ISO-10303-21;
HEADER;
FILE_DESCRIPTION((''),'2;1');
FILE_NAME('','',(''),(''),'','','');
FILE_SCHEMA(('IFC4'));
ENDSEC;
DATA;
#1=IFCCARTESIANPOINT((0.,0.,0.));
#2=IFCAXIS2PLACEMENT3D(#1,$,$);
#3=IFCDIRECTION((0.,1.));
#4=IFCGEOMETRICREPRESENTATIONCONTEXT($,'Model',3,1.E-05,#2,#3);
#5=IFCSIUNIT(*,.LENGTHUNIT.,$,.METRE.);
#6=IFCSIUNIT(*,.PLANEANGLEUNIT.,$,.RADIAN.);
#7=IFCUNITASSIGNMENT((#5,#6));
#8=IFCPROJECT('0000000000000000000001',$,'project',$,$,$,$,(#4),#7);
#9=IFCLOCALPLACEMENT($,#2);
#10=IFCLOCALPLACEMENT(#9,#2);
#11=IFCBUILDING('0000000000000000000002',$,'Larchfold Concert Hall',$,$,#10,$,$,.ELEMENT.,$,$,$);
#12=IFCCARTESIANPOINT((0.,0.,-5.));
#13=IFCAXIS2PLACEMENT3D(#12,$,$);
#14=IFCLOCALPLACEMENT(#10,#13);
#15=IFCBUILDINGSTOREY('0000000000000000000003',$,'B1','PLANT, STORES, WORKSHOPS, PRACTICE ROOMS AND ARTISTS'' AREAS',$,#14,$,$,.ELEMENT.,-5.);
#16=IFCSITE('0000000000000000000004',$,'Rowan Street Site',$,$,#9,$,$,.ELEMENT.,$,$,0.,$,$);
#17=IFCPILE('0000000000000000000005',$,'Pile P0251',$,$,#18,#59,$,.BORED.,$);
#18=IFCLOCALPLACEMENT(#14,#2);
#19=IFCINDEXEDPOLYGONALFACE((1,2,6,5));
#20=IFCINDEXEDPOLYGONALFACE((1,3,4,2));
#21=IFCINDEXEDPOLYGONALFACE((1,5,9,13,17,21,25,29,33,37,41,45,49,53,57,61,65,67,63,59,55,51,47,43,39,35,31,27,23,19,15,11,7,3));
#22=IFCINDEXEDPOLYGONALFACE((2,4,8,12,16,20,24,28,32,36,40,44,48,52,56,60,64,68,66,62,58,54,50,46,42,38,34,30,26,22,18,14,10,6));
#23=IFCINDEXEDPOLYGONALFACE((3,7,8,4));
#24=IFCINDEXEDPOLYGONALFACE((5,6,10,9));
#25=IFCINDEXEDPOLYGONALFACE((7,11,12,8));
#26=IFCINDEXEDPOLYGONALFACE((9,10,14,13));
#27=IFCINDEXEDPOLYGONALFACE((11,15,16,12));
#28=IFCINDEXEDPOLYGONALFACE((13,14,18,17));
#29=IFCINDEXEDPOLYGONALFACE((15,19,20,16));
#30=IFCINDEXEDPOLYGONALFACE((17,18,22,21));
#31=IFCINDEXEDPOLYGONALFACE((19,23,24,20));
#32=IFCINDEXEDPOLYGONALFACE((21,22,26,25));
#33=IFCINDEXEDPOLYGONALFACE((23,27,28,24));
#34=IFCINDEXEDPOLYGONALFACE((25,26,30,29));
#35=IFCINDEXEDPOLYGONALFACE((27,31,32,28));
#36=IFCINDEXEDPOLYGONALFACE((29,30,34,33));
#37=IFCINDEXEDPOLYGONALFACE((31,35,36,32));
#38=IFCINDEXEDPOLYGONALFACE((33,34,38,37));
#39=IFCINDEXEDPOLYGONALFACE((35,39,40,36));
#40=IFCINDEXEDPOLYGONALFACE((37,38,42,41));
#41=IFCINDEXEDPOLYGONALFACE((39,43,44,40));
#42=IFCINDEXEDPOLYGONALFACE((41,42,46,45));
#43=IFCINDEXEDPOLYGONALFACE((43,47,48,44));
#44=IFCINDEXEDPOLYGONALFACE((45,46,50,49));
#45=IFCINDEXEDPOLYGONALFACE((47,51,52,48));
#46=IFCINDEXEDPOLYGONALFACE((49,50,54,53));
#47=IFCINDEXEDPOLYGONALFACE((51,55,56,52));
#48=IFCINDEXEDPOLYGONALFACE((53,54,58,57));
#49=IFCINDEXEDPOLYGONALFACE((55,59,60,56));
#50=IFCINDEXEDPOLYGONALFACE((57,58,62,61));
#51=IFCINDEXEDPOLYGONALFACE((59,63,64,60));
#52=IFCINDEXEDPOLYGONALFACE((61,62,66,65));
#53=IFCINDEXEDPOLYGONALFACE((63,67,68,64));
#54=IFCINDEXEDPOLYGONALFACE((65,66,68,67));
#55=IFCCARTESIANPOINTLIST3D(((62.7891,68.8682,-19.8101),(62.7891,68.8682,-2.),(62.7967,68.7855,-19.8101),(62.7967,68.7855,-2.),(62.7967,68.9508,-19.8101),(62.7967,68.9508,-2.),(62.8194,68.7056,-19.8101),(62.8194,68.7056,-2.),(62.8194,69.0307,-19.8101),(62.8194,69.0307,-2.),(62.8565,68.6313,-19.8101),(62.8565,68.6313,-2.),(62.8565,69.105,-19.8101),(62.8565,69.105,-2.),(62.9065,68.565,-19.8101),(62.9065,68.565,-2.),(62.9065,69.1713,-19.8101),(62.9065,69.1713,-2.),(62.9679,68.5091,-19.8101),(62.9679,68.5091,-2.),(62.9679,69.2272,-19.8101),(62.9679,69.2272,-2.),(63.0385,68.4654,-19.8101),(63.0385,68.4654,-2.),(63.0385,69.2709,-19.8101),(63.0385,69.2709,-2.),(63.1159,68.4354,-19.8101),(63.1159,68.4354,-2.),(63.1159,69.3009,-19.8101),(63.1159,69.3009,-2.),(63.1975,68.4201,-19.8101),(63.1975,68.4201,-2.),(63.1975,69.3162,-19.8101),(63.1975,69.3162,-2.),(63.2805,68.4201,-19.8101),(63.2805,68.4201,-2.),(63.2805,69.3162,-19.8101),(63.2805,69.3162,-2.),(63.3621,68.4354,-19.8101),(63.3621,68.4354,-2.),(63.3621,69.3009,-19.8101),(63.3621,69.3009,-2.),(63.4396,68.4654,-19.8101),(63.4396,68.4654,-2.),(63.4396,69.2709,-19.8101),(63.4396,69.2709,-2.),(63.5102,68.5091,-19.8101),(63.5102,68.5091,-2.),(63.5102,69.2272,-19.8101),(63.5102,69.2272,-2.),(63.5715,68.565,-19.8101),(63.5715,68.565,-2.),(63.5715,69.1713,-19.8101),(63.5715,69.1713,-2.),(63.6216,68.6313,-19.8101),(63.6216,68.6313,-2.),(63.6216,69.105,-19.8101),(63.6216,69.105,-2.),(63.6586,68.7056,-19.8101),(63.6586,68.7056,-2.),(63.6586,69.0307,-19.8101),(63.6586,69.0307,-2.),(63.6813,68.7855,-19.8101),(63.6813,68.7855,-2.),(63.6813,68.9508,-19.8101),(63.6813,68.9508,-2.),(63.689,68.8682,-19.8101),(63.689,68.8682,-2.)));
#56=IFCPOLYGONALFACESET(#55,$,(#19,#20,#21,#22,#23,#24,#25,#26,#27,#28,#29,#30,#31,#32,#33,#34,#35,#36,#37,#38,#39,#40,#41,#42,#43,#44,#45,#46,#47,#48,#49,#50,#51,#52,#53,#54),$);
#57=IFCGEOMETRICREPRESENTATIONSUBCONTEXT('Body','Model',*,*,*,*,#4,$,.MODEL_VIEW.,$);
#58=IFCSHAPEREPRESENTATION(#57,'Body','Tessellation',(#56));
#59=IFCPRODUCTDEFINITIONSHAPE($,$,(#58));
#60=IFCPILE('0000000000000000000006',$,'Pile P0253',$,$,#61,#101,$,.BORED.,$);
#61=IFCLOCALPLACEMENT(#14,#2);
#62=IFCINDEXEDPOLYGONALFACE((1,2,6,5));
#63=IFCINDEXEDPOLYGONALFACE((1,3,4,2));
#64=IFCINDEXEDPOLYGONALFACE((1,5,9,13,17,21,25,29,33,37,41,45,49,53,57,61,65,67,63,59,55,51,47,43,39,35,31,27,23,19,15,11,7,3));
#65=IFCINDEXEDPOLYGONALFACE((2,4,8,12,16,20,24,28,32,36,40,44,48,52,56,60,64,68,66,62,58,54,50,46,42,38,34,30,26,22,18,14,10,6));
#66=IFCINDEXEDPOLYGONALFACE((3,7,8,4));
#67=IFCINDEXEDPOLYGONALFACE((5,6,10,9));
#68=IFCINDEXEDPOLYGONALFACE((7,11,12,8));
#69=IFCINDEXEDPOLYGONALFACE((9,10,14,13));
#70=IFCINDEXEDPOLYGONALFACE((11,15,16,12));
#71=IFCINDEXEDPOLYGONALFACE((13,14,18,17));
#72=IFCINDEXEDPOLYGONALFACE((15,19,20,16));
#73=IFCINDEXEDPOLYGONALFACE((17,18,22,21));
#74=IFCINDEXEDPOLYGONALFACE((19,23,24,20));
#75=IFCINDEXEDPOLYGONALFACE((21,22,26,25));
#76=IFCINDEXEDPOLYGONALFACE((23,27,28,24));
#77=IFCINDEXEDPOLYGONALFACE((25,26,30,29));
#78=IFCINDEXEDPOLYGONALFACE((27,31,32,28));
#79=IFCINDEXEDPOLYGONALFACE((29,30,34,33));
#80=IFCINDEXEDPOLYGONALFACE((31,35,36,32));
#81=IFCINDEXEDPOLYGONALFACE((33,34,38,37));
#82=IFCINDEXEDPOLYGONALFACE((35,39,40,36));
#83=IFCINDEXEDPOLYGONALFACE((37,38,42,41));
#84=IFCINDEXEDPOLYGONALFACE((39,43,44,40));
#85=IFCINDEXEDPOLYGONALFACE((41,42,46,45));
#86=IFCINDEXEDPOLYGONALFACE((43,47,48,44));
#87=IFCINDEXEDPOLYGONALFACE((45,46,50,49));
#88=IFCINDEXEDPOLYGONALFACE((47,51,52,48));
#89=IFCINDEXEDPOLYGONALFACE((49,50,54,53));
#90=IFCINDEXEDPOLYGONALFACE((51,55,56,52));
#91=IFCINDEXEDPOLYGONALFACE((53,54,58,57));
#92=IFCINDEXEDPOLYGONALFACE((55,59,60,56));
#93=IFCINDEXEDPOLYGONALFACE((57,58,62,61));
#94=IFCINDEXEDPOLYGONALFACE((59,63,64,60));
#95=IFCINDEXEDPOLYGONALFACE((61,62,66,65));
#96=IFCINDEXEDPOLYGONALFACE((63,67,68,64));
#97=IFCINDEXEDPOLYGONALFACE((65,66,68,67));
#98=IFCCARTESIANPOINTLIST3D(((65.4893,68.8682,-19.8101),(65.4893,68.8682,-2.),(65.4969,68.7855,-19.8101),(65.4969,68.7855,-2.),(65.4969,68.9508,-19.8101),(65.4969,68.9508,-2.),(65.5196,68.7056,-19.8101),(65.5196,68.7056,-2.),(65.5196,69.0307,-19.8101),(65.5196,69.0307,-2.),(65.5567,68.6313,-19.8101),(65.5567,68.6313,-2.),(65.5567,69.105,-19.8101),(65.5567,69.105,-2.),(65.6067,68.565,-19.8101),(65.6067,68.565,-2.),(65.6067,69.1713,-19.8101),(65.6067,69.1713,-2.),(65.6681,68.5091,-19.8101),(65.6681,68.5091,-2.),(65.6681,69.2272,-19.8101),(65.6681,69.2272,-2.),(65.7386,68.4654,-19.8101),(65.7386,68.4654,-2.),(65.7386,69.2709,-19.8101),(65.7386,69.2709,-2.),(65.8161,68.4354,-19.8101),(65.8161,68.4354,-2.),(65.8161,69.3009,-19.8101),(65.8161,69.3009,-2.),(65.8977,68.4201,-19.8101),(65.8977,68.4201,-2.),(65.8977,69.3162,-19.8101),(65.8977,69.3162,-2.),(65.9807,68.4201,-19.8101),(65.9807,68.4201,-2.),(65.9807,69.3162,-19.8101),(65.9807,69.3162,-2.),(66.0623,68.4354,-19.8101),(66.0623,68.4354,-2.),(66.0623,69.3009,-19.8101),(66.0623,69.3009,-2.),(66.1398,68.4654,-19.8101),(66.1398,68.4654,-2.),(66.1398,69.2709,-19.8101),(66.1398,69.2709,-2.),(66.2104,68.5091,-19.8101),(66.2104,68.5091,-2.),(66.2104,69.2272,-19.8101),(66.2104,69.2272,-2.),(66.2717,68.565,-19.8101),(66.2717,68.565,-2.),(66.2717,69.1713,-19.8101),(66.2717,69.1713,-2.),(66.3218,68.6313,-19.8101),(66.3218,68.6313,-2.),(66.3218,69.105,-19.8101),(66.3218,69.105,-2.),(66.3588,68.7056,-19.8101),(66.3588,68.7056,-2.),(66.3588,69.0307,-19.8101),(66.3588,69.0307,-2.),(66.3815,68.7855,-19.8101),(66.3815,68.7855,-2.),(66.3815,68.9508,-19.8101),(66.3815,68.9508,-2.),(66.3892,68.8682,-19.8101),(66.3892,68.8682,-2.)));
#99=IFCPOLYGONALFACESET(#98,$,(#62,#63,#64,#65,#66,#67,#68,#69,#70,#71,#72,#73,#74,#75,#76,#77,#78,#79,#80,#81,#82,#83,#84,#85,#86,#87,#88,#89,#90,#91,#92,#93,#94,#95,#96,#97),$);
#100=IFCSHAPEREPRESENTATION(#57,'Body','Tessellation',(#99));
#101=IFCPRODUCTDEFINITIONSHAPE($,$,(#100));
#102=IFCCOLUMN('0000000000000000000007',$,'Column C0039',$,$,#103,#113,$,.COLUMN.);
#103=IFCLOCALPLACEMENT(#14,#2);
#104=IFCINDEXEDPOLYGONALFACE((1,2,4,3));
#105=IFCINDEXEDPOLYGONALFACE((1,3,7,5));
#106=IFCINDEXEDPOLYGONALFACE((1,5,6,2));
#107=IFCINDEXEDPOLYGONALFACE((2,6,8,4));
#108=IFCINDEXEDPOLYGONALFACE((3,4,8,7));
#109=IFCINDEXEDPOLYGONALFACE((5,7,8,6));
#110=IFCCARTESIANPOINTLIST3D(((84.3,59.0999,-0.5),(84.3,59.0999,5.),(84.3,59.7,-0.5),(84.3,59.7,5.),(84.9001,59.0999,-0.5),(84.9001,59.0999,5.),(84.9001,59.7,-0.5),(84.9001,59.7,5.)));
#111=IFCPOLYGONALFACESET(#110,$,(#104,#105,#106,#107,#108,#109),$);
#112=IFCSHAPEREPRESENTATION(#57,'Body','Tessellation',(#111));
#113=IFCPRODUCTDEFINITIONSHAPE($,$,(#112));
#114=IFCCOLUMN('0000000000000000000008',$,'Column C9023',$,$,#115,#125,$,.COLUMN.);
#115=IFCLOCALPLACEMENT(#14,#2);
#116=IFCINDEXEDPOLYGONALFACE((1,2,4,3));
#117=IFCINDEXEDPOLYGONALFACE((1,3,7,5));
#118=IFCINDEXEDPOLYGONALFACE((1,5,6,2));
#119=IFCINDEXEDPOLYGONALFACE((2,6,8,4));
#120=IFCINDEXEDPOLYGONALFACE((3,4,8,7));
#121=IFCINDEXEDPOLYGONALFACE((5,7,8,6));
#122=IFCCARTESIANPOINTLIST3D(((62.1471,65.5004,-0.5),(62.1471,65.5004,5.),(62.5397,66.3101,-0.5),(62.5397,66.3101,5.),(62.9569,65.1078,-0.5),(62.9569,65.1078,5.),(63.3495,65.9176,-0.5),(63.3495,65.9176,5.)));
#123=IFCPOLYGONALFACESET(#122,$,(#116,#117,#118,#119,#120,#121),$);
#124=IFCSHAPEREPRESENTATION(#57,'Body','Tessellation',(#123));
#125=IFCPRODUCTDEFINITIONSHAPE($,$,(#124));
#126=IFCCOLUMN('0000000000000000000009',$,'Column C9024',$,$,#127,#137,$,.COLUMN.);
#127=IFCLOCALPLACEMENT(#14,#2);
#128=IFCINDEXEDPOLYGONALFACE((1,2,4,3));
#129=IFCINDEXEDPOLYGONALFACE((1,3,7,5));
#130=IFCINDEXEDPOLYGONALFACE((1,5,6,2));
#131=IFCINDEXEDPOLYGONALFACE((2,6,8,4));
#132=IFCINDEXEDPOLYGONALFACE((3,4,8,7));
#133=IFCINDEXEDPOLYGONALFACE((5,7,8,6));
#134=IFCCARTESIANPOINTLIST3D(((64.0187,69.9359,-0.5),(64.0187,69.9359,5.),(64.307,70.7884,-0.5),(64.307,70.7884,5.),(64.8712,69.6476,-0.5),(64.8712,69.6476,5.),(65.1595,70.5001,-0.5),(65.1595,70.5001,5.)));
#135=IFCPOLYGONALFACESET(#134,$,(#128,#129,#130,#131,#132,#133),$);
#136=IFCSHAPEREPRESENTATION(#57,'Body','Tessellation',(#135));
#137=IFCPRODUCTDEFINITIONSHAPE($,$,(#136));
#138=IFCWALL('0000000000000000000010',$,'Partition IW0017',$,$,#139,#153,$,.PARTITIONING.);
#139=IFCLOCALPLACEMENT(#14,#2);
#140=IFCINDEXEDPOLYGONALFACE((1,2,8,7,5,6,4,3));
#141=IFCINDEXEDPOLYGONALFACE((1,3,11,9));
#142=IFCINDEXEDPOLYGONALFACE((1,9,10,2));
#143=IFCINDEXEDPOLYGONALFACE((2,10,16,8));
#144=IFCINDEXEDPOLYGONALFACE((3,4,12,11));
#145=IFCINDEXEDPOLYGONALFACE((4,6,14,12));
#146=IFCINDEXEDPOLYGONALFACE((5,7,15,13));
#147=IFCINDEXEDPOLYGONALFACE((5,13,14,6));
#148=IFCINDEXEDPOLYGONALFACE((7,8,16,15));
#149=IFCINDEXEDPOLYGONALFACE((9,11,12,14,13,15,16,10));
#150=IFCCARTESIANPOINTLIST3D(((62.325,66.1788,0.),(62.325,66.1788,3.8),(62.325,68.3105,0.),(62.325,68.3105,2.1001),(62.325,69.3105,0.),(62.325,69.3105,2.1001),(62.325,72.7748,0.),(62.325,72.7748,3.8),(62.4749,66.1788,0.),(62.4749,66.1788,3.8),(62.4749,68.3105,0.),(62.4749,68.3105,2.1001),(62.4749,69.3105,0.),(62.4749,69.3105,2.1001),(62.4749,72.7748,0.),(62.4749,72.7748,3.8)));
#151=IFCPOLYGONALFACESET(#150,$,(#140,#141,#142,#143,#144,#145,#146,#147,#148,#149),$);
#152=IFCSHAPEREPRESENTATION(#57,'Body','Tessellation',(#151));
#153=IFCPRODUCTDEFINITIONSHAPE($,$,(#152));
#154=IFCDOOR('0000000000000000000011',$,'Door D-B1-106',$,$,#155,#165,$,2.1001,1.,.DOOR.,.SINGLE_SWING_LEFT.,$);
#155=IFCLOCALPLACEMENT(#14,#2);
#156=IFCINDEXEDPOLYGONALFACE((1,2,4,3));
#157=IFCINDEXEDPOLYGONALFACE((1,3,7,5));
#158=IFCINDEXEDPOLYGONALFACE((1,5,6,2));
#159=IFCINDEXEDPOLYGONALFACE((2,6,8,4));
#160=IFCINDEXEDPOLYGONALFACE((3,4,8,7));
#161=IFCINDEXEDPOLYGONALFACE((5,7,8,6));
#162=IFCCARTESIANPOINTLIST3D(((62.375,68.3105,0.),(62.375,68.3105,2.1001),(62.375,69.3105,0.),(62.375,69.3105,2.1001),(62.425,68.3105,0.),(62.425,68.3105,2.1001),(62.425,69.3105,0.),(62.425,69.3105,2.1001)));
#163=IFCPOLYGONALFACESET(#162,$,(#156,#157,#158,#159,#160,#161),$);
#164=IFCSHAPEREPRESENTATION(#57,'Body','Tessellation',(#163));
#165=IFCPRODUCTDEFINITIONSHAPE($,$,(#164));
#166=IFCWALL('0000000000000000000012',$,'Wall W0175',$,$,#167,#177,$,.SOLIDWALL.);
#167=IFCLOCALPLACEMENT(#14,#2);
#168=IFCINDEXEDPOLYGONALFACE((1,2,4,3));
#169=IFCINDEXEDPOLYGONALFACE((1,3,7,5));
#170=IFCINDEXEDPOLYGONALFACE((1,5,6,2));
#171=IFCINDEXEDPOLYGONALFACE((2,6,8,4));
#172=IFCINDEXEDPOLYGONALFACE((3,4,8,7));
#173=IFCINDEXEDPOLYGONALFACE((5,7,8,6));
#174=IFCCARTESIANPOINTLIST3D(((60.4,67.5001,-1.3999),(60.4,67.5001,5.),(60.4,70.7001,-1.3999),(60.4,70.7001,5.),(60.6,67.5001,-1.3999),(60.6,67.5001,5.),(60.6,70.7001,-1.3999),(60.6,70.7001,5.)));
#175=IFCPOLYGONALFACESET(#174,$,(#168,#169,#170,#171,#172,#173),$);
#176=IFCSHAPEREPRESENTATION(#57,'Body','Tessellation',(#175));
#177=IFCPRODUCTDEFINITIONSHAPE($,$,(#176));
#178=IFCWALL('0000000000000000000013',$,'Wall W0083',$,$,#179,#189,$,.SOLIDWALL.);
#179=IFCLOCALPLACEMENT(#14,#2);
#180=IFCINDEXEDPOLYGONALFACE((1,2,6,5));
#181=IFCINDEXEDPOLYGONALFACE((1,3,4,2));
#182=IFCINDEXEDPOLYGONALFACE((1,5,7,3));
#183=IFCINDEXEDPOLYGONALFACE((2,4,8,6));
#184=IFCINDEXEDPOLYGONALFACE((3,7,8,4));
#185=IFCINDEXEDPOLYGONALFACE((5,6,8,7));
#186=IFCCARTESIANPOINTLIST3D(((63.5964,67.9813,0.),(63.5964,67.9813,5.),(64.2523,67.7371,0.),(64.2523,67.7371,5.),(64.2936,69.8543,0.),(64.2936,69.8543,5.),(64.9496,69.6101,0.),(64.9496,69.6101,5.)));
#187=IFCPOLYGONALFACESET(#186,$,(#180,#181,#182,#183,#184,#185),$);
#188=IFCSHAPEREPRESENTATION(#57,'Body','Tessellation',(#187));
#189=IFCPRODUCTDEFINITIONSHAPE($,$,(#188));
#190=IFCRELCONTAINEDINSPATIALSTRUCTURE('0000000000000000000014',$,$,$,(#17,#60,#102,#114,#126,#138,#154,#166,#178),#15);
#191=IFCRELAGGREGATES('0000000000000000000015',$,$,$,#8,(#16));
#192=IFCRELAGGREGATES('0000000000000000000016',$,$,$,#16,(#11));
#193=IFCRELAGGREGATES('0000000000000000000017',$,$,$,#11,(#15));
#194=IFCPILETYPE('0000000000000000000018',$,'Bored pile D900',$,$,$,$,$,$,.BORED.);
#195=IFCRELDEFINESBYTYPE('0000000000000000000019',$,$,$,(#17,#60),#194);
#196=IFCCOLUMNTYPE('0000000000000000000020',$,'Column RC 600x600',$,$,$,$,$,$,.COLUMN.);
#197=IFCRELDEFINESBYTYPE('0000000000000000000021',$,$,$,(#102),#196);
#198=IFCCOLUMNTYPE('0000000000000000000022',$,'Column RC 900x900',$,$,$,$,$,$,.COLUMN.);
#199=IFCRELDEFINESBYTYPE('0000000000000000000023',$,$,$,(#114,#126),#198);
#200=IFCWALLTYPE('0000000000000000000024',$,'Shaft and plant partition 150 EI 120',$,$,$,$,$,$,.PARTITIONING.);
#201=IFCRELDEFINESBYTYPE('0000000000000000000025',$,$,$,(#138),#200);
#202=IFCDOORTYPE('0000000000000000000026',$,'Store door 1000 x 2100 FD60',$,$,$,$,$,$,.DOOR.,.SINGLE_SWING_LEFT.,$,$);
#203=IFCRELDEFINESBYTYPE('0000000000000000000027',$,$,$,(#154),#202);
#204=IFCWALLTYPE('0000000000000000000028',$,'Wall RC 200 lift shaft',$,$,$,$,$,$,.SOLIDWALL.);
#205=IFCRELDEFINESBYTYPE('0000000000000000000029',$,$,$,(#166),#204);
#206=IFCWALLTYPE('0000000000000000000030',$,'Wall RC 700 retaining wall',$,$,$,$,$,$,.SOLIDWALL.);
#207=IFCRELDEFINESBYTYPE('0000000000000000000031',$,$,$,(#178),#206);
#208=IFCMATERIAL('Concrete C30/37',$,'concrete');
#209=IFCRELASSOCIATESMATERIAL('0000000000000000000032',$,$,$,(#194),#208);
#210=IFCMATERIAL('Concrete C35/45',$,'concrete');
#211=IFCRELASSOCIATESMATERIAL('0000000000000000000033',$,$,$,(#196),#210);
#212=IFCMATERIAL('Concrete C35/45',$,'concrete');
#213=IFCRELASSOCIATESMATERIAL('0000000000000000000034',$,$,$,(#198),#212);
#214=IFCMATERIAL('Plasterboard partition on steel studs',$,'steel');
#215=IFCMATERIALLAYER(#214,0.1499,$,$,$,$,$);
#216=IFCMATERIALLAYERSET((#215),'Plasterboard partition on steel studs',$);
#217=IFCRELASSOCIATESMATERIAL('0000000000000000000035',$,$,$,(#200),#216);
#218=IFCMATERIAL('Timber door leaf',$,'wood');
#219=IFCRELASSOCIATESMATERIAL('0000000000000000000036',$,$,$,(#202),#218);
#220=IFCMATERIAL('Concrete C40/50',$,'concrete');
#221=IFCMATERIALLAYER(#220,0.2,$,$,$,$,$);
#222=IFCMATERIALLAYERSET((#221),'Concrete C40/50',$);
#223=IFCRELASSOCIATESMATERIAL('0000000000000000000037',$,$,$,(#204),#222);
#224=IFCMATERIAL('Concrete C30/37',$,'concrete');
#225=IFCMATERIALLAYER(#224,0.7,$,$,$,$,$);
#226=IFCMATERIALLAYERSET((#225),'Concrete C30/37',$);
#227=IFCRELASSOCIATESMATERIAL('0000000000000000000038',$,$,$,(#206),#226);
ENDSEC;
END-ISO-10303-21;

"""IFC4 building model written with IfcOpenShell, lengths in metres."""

from ifc_helpers import new_model, si_unit, direction, frame, frame_2d, origin, origin_2d, place, context, subcontext, project, spatial, rectangle, circle, extrude, material, layer, layer_set, material_profile, profile_set, type_object, element, fill, save


model = new_model("IFC4")

# Units and contexts
model_context = context("Model", 3, precision=1e-05, world=origin(), true_north=direction((0.0, 1.0)))
body_context = subcontext(model_context, "Body", "Model", "MODEL_VIEW")
ifc_project = project(units=[si_unit("LENGTHUNIT", "METRE"), si_unit("PLANEANGLEUNIT", "RADIAN")], contexts=[model_context])

# Site, building, storey
site_placement = place(None, origin())
site = spatial("IfcSite", under=ifc_project, at=site_placement, Name="Rowan Street Site", CompositionType="ELEMENT", RefElevation=0.0)
building_placement = place(site_placement, origin())
building = spatial("IfcBuilding", under=site, at=building_placement, Name="Larchfold Concert Hall", CompositionType="ELEMENT")
storey_placement = place(building_placement, frame((0.0, 0.0, -5.0)))
storey = spatial("IfcBuildingStorey", under=building, at=storey_placement, Name="B1", Description="PLANT, STORES, WORKSHOPS, PRACTICE ROOMS AND ARTISTS' AREAS", CompositionType="ELEMENT", Elevation=-5.0)

# Piles
ifc_material_1 = material(Name="Concrete C30/37", Category="concrete")
ifc_material_profile_1 = material_profile(ifc_material_1, circle(Radius=0.45, at=origin_2d()))
ifc_profile_set_1 = profile_set([ifc_material_profile_1], Name="Concrete C30/37")
pile_type_1 = type_object("IfcPileType", Name="Bored pile D900", PredefinedType="BORED", material=ifc_profile_set_1)
for number, where, z_axis, x_axis, name in (
    (1, (63.239, 68.8682, -2.0), (0.0, 0.0, -1.0), (1.0, 0.0, 0.0), "Pile P0251"),
    (2, (65.9392, 68.8682, -2.0), (0.0, 0.0, -1.0), (1.0, 0.0, 0.0), "Pile P0253"),
):
    element("IfcPile", number, at=place(storey_placement, frame(where, z_axis=z_axis, x_axis=x_axis)), inside=storey, type_object=pile_type_1, Name=name, PredefinedType="BORED", context=body_context, shape_type="SweptSolid", body=[
        extrude(circle(Radius=0.45, at=origin_2d()), origin(), (0.0, 0.0, 1.0), 17.8101),
    ])

# Columns
ifc_material_2 = material(Name="Concrete C35/45", Category="concrete")
ifc_material_profile_2 = material_profile(ifc_material_2, rectangle(XDim=0.6001, YDim=0.6001, at=origin_2d()))
ifc_profile_set_2 = profile_set([ifc_material_profile_2], Name="Concrete C35/45")
column_type_1 = type_object("IfcColumnType", Name="Column RC 600x600", PredefinedType="COLUMN", material=ifc_profile_set_2)
column_placement = place(storey_placement, frame((84.6001, 59.3999, -0.5), z_axis=(0.0, 0.0, 1.0), x_axis=(1.0, 0.0, 0.0)))
element("IfcColumn", 3, at=column_placement, inside=storey, type_object=column_type_1, Name="Column C0039", PredefinedType="COLUMN", context=body_context, shape_type="SweptSolid", body=[
    extrude(rectangle(XDim=0.6001, YDim=0.6001, at=origin_2d()), origin(), (0.0, 0.0, 1.0), 5.5),
])
ifc_material_3 = material(Name="Concrete C35/45", Category="concrete")
ifc_material_profile_3 = material_profile(ifc_material_3, rectangle(XDim=0.8999, YDim=0.8999, at=origin_2d()))
ifc_profile_set_3 = profile_set([ifc_material_profile_3], Name="Concrete C35/45")
column_type_2 = type_object("IfcColumnType", Name="Column RC 900x900", PredefinedType="COLUMN", material=ifc_profile_set_3)
for number, where, z_axis, x_axis, name in (
    (4, (62.7483, 65.709, -0.5), (0.0, 0.0, 1.0), (0.436211, 0.899844, 0.0), "Column C9023"),
    (5, (64.5891, 70.218, -0.5), (0.0, 0.0, 1.0), (0.320383, 0.947288, 0.0), "Column C9024"),
):
    element("IfcColumn", number, at=place(storey_placement, frame(where, z_axis=z_axis, x_axis=x_axis)), inside=storey, type_object=column_type_2, Name=name, PredefinedType="COLUMN", context=body_context, shape_type="SweptSolid", body=[
        extrude(rectangle(XDim=0.8999, YDim=0.8999, at=origin_2d()), origin(), (0.0, 0.0, 1.0), 5.5),
    ])

# Wall, opening, door
ifc_material_4 = material(Name="Plasterboard partition on steel studs", Category="steel")
ifc_layer_1 = layer(ifc_material_4, 0.1499)
ifc_layer_set_1 = layer_set([ifc_layer_1], Name="Plasterboard partition on steel studs")
wall_type_1 = type_object("IfcWallType", Name="Shaft and plant partition 150 EI 120", PredefinedType="PARTITIONING", material=ifc_layer_set_1)
wall_1_placement = place(storey_placement, frame((62.3999, 66.179, 0.0), z_axis=(0.0, 0.0, 1.0), x_axis=(0.0, 1.0, 0.0)))
wall_1 = element("IfcWall", 6, at=wall_1_placement, inside=storey, type_object=wall_type_1, Name="Partition IW0017", PredefinedType="PARTITIONING", context=body_context, shape_type="SweptSolid", body=[
    extrude(rectangle(XDim=6.5959, YDim=0.1499, at=frame_2d((3.2979, 0.0))), origin(), (0.0, 0.0, 1.0), 3.8),
])
opening_placement = place(wall_1_placement, frame((2.1316, 0.0, 0.0)))
opening = element("IfcOpeningElement", 7, at=opening_placement, cuts=wall_1, PredefinedType="OPENING", context=body_context, shape_type="SweptSolid", body=[
    extrude(rectangle(XDim=1.0, YDim=2.1001, at=frame_2d((0.5, 1.05))), frame((0.0, 0.085, 0.0), z_axis=(0.0, -1.0, 0.0), x_axis=(1.0, 0.0, 0.0)), (0.0, 0.0, 1.0), 0.1699),
])
ifc_material_5 = material(Name="Timber door leaf", Category="wood")
door_type = type_object("IfcDoorType", Name="Store door 1000 x 2100 FD60", OperationType="SINGLE_SWING_LEFT", PredefinedType="DOOR", material=ifc_material_5)
door_placement = place(opening_placement, origin())
door = element("IfcDoor", 8, at=door_placement, inside=storey, type_object=door_type, Name="Door D-B1-106", OperationType="SINGLE_SWING_LEFT", OverallHeight=2.1001, OverallWidth=1.0, PredefinedType="DOOR", context=body_context, shape_type="SweptSolid", body=[
    extrude(rectangle(XDim=1.0, YDim=2.1001, at=frame_2d((0.5, 1.05))), frame((0.0, 0.0249, 0.0), z_axis=(0.0, -1.0, 0.0), x_axis=(1.0, 0.0, 0.0)), (0.0, 0.0, 1.0), 0.05),
])
fill(opening, door)

# Walls
ifc_material_6 = material(Name="Concrete C40/50", Category="concrete")
ifc_layer_2 = layer(ifc_material_6, 0.2)
ifc_layer_set_2 = layer_set([ifc_layer_2], Name="Concrete C40/50")
wall_type_2 = type_object("IfcWallType", Name="Wall RC 200 lift shaft", PredefinedType="SOLIDWALL", material=ifc_layer_set_2)
wall_2_placement = place(storey_placement, frame((60.5, 67.5, -1.3999), z_axis=(0.0, 0.0, 1.0), x_axis=(0.0, 1.0, 0.0)))
element("IfcWall", 9, at=wall_2_placement, inside=storey, type_object=wall_type_2, Name="Wall W0175", PredefinedType="SOLIDWALL", context=body_context, shape_type="SweptSolid", body=[
    extrude(rectangle(XDim=3.2, YDim=0.2, at=frame_2d((1.6001, 0.0))), origin(), (0.0, 0.0, 1.0), 6.3999),
])
ifc_material_7 = material(Name="Concrete C30/37", Category="concrete")
ifc_layer_3 = layer(ifc_material_7, 0.7)
ifc_layer_set_3 = layer_set([ifc_layer_3], Name="Concrete C30/37")
wall_type_3 = type_object("IfcWallType", Name="Wall RC 700 retaining wall", PredefinedType="SOLIDWALL", material=ifc_layer_set_3)
wall_3_placement = place(storey_placement, frame((64.6216, 69.7322, 0.0), z_axis=(0.0, 0.0, 1.0), x_axis=(-0.348873, -0.93717, 0.0)))
element("IfcWall", 10, at=wall_3_placement, inside=storey, type_object=wall_type_3, Name="Wall W0083", PredefinedType="SOLIDWALL", context=body_context, shape_type="SweptSolid", body=[
    extrude(rectangle(XDim=1.9985, YDim=0.7, at=frame_2d((0.9993, 0.0))), origin(), (0.0, 0.0, 1.0), 5.0),
])

save(model, "model.ifc")
